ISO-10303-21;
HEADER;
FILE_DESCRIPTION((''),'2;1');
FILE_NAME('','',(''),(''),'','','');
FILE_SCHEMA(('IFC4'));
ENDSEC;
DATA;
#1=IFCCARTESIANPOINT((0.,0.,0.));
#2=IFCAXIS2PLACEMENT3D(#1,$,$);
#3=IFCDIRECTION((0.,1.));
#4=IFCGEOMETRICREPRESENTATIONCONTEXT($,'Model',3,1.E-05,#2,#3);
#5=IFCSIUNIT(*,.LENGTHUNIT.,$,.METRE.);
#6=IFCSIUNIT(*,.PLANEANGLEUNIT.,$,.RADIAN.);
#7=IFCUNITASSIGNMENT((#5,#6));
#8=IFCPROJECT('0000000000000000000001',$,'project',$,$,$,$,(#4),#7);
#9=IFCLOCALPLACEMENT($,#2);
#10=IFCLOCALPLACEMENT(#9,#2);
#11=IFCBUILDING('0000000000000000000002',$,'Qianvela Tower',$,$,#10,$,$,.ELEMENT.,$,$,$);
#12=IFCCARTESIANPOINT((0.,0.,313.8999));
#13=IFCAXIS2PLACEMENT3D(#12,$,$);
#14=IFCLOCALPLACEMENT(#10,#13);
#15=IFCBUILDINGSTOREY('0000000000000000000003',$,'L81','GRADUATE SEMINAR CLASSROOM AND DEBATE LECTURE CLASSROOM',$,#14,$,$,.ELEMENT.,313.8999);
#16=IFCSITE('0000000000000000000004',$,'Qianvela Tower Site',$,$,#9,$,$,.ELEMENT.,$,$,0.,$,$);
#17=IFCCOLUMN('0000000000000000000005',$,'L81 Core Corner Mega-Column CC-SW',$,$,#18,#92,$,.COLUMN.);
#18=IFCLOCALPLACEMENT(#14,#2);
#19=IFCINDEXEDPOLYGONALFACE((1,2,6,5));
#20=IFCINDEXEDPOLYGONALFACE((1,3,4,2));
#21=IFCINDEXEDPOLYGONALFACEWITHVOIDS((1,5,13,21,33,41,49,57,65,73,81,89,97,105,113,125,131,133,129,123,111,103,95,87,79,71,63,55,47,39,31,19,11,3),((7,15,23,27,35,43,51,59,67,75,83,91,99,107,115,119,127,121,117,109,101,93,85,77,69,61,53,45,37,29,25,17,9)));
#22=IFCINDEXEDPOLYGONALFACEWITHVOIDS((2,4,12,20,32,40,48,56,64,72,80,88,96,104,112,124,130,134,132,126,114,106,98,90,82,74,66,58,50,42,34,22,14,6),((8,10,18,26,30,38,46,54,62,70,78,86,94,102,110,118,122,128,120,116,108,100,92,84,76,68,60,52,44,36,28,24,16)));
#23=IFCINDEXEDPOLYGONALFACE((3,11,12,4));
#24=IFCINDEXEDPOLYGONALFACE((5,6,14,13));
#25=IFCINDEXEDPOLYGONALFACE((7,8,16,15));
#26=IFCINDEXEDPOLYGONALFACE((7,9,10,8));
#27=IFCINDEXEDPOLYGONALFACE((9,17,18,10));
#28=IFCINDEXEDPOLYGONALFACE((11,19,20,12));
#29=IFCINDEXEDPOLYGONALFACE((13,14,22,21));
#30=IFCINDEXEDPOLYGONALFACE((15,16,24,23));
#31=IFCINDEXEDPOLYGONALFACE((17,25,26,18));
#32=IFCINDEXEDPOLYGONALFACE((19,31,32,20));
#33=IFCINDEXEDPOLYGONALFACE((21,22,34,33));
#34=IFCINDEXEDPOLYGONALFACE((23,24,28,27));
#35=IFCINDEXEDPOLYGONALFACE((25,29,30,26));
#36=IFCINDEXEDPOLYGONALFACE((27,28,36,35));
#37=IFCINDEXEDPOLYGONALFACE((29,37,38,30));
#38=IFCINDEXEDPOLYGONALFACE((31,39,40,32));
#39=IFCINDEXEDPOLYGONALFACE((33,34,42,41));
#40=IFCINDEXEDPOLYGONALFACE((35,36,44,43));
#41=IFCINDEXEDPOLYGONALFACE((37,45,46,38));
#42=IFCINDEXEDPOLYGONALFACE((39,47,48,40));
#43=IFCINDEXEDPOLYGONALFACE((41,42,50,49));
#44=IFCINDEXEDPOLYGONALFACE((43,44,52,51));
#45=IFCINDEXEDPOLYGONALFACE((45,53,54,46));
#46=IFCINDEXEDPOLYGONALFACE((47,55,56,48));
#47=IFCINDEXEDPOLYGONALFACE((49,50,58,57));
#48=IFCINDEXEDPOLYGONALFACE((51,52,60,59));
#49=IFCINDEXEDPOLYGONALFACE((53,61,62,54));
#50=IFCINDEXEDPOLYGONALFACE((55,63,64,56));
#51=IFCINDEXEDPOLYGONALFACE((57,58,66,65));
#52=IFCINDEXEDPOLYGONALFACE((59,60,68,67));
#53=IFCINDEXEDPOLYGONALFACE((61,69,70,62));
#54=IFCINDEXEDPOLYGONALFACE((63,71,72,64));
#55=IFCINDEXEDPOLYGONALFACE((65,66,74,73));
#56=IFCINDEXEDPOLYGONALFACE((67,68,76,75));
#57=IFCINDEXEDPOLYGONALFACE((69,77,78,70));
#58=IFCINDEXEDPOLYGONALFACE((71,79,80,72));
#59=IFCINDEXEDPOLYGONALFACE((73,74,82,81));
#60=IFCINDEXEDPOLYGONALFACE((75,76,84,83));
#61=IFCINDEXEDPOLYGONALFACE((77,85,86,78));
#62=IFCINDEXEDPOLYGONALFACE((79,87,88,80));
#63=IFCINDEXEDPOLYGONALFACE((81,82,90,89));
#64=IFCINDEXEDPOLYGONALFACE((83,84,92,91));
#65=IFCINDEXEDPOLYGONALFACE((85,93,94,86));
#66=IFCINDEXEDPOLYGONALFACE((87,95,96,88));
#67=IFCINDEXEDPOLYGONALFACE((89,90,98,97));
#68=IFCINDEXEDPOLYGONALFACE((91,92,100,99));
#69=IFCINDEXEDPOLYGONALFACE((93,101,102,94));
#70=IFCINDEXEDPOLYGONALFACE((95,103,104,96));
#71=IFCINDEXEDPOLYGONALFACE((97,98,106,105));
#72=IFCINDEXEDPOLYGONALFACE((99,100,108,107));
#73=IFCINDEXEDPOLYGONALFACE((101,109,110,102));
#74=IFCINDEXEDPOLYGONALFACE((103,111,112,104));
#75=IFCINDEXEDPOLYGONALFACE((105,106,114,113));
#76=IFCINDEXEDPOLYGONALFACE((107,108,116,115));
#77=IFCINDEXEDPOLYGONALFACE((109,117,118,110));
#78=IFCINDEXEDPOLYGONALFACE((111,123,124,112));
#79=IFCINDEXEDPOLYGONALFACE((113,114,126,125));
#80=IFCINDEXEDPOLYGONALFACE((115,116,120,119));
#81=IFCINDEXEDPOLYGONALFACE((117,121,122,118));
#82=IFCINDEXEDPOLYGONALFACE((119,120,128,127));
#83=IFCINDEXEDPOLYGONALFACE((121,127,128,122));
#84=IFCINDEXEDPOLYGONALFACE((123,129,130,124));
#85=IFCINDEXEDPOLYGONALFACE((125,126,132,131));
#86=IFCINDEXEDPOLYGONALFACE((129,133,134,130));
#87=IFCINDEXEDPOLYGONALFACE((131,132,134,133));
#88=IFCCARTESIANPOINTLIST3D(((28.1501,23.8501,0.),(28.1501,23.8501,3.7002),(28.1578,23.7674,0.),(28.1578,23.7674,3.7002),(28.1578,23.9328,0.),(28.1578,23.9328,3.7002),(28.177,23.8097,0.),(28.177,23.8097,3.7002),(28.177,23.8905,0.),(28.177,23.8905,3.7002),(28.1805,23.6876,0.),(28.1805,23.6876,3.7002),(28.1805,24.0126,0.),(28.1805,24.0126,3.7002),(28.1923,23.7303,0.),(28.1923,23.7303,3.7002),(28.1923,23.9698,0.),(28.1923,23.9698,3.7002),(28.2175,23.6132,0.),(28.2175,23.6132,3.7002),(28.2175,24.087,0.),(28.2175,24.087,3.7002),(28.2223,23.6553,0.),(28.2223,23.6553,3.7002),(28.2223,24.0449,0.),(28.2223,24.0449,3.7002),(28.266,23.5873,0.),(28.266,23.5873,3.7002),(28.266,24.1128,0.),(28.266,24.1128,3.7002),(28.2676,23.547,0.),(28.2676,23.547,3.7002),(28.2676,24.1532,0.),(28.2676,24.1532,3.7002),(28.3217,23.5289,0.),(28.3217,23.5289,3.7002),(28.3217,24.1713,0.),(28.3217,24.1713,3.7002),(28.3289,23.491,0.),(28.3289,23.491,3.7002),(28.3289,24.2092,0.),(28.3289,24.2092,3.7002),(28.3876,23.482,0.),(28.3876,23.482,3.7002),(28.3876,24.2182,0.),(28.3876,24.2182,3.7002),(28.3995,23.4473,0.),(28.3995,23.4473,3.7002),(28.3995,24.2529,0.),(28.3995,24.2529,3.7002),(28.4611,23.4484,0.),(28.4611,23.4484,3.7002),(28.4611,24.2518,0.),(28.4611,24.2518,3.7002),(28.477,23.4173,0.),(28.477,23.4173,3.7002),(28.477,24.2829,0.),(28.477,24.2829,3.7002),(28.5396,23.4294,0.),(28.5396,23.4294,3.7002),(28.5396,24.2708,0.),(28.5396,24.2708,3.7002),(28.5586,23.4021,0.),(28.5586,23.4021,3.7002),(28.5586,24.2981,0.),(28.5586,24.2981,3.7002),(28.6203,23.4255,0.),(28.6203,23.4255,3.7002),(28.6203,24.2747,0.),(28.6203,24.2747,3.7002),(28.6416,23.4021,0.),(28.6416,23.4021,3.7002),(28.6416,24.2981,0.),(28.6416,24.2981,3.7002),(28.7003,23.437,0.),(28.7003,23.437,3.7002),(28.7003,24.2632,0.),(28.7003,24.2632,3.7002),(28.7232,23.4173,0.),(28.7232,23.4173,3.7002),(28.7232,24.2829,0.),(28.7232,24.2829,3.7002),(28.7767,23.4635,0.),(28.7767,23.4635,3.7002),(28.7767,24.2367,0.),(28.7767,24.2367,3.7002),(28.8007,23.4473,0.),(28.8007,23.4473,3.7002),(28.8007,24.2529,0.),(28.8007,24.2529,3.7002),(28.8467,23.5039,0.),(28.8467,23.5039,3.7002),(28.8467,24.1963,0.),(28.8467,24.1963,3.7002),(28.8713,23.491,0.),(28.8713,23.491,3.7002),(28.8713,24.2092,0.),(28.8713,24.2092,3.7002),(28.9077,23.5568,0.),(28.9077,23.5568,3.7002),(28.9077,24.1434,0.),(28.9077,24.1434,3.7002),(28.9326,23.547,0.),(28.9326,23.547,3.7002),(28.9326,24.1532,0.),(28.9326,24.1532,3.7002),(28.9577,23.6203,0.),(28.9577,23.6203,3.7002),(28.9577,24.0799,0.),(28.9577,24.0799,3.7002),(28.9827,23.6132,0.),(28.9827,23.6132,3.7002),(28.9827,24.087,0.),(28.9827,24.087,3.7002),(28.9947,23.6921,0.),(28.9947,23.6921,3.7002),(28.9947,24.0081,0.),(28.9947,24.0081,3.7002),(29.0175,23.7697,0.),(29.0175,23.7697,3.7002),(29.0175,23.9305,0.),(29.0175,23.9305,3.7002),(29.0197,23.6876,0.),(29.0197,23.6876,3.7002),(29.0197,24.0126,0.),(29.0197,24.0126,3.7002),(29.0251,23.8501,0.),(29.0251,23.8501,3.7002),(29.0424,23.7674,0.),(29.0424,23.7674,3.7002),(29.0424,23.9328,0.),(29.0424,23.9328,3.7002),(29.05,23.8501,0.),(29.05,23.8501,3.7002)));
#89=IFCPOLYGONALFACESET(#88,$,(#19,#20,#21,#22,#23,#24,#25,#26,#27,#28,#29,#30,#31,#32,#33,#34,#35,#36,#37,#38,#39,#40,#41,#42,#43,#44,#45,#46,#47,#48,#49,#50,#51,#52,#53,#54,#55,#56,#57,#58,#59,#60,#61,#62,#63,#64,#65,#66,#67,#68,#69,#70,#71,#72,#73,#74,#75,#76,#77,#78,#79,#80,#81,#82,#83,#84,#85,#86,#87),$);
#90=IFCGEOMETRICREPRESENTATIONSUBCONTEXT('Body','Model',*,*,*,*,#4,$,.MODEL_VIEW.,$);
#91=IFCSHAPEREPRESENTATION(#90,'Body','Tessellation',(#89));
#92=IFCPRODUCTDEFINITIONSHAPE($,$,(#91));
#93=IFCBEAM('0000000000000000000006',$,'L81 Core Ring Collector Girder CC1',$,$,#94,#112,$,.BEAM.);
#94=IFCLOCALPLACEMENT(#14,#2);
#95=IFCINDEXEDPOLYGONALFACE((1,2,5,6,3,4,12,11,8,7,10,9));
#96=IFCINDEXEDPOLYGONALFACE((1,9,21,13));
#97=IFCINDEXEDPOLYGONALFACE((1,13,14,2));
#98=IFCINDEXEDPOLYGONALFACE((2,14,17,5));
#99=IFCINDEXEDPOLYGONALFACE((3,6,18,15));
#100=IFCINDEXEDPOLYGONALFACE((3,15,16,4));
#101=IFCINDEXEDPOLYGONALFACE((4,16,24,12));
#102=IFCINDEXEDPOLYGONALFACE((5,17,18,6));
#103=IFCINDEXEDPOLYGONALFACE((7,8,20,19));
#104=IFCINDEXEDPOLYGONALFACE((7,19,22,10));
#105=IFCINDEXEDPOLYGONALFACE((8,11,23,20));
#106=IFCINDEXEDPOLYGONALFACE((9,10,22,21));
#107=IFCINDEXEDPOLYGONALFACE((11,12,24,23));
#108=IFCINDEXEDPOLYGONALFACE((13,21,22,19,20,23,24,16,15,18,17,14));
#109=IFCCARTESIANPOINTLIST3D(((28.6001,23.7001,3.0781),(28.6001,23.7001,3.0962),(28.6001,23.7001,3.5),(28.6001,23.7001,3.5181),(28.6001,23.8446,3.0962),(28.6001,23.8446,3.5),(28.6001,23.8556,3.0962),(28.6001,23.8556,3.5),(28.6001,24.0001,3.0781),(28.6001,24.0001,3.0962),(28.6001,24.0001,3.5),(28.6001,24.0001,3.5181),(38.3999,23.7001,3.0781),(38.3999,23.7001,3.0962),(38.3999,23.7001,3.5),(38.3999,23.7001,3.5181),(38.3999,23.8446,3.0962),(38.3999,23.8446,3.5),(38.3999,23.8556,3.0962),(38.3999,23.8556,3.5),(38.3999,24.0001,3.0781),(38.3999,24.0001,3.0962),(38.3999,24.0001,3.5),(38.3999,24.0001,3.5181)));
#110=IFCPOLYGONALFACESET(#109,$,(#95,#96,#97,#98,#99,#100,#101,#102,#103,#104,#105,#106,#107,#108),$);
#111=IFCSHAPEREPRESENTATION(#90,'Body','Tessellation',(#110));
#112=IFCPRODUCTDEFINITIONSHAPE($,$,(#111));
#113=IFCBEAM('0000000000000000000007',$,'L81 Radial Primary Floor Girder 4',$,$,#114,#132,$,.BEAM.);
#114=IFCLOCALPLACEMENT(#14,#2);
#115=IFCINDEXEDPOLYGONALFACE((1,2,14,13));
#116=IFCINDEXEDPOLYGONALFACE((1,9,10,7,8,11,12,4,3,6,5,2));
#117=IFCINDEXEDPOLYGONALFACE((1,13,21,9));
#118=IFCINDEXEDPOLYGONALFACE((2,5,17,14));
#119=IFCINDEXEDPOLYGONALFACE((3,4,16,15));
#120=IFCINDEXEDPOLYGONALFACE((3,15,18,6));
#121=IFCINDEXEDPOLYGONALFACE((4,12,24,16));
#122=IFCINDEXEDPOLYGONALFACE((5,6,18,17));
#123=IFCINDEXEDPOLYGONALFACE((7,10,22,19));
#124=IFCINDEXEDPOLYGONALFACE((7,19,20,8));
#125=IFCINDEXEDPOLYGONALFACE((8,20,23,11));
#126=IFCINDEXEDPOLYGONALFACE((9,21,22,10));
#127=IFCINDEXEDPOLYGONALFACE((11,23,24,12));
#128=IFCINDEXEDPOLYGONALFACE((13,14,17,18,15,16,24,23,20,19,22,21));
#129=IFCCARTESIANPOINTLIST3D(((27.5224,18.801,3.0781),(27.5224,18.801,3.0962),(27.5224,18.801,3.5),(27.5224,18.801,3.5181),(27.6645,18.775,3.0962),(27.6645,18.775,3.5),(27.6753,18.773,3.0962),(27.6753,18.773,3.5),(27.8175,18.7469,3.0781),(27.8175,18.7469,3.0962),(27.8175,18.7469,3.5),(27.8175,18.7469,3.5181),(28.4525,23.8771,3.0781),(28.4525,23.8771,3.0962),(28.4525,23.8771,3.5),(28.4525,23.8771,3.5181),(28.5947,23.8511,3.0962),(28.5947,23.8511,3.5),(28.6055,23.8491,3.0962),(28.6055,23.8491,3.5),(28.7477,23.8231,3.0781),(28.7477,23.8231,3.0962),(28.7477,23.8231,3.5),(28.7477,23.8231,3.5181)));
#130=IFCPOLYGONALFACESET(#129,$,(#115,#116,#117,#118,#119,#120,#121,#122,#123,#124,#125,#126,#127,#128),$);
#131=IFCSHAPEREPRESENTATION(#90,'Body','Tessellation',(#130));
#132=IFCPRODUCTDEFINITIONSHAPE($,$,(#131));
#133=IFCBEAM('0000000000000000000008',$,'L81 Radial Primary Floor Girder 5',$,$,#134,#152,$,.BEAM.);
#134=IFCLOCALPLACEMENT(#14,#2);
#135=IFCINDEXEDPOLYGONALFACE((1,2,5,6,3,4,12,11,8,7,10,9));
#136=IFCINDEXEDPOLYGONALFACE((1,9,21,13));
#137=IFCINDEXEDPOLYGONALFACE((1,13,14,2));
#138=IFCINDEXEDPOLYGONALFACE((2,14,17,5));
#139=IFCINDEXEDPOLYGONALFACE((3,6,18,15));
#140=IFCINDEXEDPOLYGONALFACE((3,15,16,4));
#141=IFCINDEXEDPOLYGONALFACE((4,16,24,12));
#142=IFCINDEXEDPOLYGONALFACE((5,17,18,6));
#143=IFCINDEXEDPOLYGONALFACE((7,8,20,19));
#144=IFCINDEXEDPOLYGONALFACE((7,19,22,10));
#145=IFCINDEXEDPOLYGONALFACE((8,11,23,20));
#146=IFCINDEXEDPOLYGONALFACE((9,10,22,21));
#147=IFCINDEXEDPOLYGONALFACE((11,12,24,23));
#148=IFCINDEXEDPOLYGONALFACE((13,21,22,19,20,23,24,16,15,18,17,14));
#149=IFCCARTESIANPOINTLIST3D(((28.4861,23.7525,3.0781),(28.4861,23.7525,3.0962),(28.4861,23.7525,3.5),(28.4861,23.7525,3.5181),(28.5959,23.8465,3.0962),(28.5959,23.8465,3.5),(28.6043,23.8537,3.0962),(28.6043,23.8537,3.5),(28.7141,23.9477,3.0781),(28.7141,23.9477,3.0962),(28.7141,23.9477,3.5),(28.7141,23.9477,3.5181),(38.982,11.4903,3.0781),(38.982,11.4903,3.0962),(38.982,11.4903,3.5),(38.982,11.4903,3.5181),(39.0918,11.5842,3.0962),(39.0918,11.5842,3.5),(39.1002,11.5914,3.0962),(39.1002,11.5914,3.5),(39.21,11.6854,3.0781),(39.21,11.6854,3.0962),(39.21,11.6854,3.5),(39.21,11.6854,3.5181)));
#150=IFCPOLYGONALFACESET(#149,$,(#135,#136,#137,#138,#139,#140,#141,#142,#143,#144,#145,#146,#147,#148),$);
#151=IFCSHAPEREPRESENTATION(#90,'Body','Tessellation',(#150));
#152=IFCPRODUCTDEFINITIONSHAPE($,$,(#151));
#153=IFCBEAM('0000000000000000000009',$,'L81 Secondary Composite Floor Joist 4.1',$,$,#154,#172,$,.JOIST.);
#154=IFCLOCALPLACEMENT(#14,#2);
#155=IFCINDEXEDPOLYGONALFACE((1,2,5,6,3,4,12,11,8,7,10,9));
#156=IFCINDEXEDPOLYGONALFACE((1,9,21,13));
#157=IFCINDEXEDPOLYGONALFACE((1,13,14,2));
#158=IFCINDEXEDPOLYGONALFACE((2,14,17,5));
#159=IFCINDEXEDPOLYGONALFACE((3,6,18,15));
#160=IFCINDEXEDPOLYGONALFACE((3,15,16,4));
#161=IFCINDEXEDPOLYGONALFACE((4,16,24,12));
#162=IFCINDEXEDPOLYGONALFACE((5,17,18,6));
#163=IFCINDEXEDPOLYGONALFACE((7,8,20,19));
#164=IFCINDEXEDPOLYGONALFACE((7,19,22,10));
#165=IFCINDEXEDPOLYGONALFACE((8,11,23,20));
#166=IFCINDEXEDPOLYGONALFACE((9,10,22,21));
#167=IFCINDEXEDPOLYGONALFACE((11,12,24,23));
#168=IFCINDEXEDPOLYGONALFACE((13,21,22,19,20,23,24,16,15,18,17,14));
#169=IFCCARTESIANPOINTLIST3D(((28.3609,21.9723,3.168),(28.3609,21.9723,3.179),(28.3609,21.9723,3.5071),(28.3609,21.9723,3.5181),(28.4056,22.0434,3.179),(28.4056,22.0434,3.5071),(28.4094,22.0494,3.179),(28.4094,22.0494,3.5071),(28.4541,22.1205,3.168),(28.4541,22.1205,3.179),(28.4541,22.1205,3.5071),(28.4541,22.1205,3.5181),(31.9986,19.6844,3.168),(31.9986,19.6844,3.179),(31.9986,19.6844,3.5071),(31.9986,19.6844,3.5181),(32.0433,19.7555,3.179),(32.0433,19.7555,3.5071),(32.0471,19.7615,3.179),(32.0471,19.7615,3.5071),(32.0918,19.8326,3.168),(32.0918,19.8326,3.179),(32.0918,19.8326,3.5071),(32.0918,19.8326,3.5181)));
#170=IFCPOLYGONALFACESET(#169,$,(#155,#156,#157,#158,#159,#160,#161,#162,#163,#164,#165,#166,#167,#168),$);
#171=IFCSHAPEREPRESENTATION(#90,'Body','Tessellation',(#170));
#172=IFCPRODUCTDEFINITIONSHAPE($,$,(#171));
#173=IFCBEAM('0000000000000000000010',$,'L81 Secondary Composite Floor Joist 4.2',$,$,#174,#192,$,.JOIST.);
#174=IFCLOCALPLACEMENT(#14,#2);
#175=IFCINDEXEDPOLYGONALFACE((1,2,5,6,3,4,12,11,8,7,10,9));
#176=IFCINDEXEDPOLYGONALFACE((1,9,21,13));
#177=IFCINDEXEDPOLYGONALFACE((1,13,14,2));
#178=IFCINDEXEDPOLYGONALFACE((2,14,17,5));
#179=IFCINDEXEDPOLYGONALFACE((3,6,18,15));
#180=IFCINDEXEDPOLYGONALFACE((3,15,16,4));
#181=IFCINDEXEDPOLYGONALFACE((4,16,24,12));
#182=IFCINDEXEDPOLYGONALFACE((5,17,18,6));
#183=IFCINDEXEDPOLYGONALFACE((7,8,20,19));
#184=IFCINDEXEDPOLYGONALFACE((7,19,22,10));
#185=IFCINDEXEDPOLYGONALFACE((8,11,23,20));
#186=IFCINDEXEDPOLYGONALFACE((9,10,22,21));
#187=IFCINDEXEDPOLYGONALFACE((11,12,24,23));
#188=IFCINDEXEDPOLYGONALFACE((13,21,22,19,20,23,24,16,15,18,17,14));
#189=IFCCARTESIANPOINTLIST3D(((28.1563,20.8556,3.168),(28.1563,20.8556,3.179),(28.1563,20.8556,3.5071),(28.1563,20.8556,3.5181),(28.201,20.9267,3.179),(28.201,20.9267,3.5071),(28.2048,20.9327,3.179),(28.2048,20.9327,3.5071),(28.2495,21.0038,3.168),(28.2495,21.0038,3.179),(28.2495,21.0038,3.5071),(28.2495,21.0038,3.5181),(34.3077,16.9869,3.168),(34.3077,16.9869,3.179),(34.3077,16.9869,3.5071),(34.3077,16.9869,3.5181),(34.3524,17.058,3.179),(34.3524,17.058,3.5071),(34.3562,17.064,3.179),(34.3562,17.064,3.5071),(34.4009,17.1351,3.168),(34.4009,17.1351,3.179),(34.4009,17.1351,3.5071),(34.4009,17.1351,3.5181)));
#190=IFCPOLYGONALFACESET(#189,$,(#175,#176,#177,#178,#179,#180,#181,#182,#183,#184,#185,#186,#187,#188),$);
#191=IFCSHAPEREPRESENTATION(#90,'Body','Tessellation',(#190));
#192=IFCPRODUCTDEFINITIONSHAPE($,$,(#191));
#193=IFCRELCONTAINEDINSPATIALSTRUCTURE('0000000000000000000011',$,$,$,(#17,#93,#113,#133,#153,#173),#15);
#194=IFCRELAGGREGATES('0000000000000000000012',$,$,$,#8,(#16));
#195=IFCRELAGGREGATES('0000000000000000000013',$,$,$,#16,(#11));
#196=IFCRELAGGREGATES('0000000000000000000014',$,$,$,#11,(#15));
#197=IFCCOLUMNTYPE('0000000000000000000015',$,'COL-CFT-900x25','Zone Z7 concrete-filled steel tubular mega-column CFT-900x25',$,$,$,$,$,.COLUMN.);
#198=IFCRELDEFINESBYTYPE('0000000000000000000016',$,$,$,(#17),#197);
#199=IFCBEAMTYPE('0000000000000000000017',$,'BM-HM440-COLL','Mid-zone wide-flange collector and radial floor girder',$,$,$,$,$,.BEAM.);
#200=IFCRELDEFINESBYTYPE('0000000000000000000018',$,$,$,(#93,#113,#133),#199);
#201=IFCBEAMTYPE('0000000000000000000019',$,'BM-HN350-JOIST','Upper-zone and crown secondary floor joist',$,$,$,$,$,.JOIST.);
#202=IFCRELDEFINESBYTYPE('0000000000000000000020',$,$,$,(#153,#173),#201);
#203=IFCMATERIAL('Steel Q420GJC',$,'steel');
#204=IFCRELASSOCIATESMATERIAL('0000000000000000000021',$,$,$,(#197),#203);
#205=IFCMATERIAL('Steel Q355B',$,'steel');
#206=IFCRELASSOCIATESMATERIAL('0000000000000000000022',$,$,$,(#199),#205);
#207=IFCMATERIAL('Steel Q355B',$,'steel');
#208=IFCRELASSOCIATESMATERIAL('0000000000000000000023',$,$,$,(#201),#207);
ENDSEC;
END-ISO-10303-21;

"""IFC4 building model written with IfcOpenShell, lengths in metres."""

from ifc_helpers import new_model, si_unit, direction, frame, origin, origin_2d, place, context, subcontext, project, spatial, hollow_circle, i_section, extrude, material, material_profile, profile_set, type_object, element, save


model = new_model("IFC4")

# Units and contexts
model_context = context("Model", 3, precision=1e-05, world=origin(), true_north=direction((0.0, 1.0)))
body_context = subcontext(model_context, "Body", "Model", "MODEL_VIEW")
ifc_project = project(units=[si_unit("LENGTHUNIT", "METRE"), si_unit("PLANEANGLEUNIT", "RADIAN")], contexts=[model_context])

# Site, building, storey
site_placement = place(None, origin())
site = spatial("IfcSite", under=ifc_project, at=site_placement, Name="Qianvela Tower Site", CompositionType="ELEMENT", RefElevation=0.0)
building_placement = place(site_placement, origin())
building = spatial("IfcBuilding", under=site, at=building_placement, Name="Qianvela Tower", CompositionType="ELEMENT")
storey_placement = place(building_placement, frame((0.0, 0.0, 313.8999)))
storey = spatial("IfcBuildingStorey", under=building, at=storey_placement, Name="L81", Description="GRADUATE SEMINAR CLASSROOM AND DEBATE LECTURE CLASSROOM", CompositionType="ELEMENT", Elevation=313.8999)

# Column
ifc_material_1 = material(Name="Steel Q420GJC", Category="steel")
ifc_material_profile_1 = material_profile(ifc_material_1, hollow_circle(Radius=0.45, WallThickness=0.0249, at=origin_2d()), Name="CFT-900x25")
ifc_profile_set_1 = profile_set([ifc_material_profile_1], Name="Steel Q420GJC")
column_type = type_object("IfcColumnType", Name="COL-CFT-900x25", Description="Zone Z7 concrete-filled steel tubular mega-column CFT-900x25", PredefinedType="COLUMN", material=ifc_profile_set_1)
column_placement = place(storey_placement, frame((28.6001, 23.8501, 0.0), z_axis=(0.0, 0.0, 1.0), x_axis=(1.0, 0.0, 0.0)))
element("IfcColumn", 1, at=column_placement, inside=storey, type_object=column_type, Name="L81 Core Corner Mega-Column CC-SW", PredefinedType="COLUMN", context=body_context, shape_type="SweptSolid", body=[
    extrude(hollow_circle(Radius=0.45, WallThickness=0.0249, at=origin_2d()), origin(), (0.0, 0.0, 1.0), 3.7002),
])

# Beams
ifc_material_2 = material(Name="Steel Q355B", Category="steel")
ifc_material_profile_2 = material_profile(ifc_material_2, i_section(OverallWidth=0.3, OverallDepth=0.4399, WebThickness=0.011, FlangeThickness=0.0181, at=origin_2d()), Name="HM440x300x11x18")
ifc_profile_set_2 = profile_set([ifc_material_profile_2], Name="Steel Q355B")
beam_type_1 = type_object("IfcBeamType", Name="BM-HM440-COLL", Description="Mid-zone wide-flange collector and radial floor girder", PredefinedType="BEAM", material=ifc_profile_set_2)
beam_1_placement = place(storey_placement, frame((28.6001, 23.8501, 3.2981), z_axis=(1.0, 0.0, 0.0), x_axis=(0.0, 1.0, 0.0)))
element("IfcBeam", 2, at=beam_1_placement, inside=storey, type_object=beam_type_1, Name="L81 Core Ring Collector Girder CC1", PredefinedType="BEAM", context=body_context, shape_type="SweptSolid", body=[
    extrude(i_section(OverallWidth=0.3, OverallDepth=0.4399, WebThickness=0.011, FlangeThickness=0.0181, at=origin_2d()), origin(), (0.0, 0.0, 1.0), 9.7998),
])
beam_2_placement = place(storey_placement, frame((28.6001, 23.8501, 3.2981), z_axis=(-0.180242, -0.983622, 0.0), x_axis=(0.983622, -0.180242, 0.0)))
element("IfcBeam", 3, at=beam_2_placement, inside=storey, type_object=beam_type_1, Name="L81 Radial Primary Floor Girder 4", PredefinedType="BEAM", context=body_context, shape_type="SweptSolid", body=[
    extrude(i_section(OverallWidth=0.3, OverallDepth=0.4399, WebThickness=0.011, FlangeThickness=0.0181, at=origin_2d()), origin(), (0.0, 0.0, 1.0), 5.1606),
])
beam_3_placement = place(storey_placement, frame((28.6001, 23.8501, 3.2981), z_axis=(0.650269, -0.759704, 0.0), x_axis=(0.759704, 0.650269, 0.0)))
element("IfcBeam", 4, at=beam_3_placement, inside=storey, type_object=beam_type_1, Name="L81 Radial Primary Floor Girder 5", PredefinedType="BEAM", context=body_context, shape_type="SweptSolid", body=[
    extrude(i_section(OverallWidth=0.3, OverallDepth=0.4399, WebThickness=0.011, FlangeThickness=0.0181, at=origin_2d()), origin(), (0.0, 0.0, 1.0), 16.1409),
])
ifc_material_3 = material(Name="Steel Q355B", Category="steel")
ifc_material_profile_3 = material_profile(ifc_material_3, i_section(OverallWidth=0.175, OverallDepth=0.3501, WebThickness=0.0071, FlangeThickness=0.011, at=origin_2d()), Name="HN350x175x7x11")
ifc_profile_set_3 = profile_set([ifc_material_profile_3], Name="Steel Q355B")
beam_type_2 = type_object("IfcBeamType", Name="BM-HN350-JOIST", Description="Upper-zone and crown secondary floor joist", PredefinedType="JOIST", material=ifc_profile_set_3)
beam_4_placement = place(storey_placement, frame((28.4075, 22.0464, 3.343), z_axis=(0.846501, -0.532387, 0.0), x_axis=(0.532387, 0.846501, 0.0)))
element("IfcBeam", 5, at=beam_4_placement, inside=storey, type_object=beam_type_2, Name="L81 Secondary Composite Floor Joist 4.1", PredefinedType="JOIST", context=body_context, shape_type="SweptSolid", body=[
    extrude(i_section(OverallWidth=0.175, OverallDepth=0.3501, WebThickness=0.0071, FlangeThickness=0.011, at=origin_2d()), origin(), (0.0, 0.0, 1.0), 4.2974),
])
beam_5_placement = place(storey_placement, frame((28.2029, 20.9297, 3.343), z_axis=(0.846508, -0.532377, 0.0), x_axis=(0.532377, 0.846508, 0.0)))
element("IfcBeam", 6, at=beam_5_placement, inside=storey, type_object=beam_type_2, Name="L81 Secondary Composite Floor Joist 4.2", PredefinedType="JOIST", context=body_context, shape_type="SweptSolid", body=[
    extrude(i_section(OverallWidth=0.175, OverallDepth=0.3501, WebThickness=0.0071, FlangeThickness=0.011, at=origin_2d()), origin(), (0.0, 0.0, 1.0), 7.2668),
])

save(model, "model.ifc")
